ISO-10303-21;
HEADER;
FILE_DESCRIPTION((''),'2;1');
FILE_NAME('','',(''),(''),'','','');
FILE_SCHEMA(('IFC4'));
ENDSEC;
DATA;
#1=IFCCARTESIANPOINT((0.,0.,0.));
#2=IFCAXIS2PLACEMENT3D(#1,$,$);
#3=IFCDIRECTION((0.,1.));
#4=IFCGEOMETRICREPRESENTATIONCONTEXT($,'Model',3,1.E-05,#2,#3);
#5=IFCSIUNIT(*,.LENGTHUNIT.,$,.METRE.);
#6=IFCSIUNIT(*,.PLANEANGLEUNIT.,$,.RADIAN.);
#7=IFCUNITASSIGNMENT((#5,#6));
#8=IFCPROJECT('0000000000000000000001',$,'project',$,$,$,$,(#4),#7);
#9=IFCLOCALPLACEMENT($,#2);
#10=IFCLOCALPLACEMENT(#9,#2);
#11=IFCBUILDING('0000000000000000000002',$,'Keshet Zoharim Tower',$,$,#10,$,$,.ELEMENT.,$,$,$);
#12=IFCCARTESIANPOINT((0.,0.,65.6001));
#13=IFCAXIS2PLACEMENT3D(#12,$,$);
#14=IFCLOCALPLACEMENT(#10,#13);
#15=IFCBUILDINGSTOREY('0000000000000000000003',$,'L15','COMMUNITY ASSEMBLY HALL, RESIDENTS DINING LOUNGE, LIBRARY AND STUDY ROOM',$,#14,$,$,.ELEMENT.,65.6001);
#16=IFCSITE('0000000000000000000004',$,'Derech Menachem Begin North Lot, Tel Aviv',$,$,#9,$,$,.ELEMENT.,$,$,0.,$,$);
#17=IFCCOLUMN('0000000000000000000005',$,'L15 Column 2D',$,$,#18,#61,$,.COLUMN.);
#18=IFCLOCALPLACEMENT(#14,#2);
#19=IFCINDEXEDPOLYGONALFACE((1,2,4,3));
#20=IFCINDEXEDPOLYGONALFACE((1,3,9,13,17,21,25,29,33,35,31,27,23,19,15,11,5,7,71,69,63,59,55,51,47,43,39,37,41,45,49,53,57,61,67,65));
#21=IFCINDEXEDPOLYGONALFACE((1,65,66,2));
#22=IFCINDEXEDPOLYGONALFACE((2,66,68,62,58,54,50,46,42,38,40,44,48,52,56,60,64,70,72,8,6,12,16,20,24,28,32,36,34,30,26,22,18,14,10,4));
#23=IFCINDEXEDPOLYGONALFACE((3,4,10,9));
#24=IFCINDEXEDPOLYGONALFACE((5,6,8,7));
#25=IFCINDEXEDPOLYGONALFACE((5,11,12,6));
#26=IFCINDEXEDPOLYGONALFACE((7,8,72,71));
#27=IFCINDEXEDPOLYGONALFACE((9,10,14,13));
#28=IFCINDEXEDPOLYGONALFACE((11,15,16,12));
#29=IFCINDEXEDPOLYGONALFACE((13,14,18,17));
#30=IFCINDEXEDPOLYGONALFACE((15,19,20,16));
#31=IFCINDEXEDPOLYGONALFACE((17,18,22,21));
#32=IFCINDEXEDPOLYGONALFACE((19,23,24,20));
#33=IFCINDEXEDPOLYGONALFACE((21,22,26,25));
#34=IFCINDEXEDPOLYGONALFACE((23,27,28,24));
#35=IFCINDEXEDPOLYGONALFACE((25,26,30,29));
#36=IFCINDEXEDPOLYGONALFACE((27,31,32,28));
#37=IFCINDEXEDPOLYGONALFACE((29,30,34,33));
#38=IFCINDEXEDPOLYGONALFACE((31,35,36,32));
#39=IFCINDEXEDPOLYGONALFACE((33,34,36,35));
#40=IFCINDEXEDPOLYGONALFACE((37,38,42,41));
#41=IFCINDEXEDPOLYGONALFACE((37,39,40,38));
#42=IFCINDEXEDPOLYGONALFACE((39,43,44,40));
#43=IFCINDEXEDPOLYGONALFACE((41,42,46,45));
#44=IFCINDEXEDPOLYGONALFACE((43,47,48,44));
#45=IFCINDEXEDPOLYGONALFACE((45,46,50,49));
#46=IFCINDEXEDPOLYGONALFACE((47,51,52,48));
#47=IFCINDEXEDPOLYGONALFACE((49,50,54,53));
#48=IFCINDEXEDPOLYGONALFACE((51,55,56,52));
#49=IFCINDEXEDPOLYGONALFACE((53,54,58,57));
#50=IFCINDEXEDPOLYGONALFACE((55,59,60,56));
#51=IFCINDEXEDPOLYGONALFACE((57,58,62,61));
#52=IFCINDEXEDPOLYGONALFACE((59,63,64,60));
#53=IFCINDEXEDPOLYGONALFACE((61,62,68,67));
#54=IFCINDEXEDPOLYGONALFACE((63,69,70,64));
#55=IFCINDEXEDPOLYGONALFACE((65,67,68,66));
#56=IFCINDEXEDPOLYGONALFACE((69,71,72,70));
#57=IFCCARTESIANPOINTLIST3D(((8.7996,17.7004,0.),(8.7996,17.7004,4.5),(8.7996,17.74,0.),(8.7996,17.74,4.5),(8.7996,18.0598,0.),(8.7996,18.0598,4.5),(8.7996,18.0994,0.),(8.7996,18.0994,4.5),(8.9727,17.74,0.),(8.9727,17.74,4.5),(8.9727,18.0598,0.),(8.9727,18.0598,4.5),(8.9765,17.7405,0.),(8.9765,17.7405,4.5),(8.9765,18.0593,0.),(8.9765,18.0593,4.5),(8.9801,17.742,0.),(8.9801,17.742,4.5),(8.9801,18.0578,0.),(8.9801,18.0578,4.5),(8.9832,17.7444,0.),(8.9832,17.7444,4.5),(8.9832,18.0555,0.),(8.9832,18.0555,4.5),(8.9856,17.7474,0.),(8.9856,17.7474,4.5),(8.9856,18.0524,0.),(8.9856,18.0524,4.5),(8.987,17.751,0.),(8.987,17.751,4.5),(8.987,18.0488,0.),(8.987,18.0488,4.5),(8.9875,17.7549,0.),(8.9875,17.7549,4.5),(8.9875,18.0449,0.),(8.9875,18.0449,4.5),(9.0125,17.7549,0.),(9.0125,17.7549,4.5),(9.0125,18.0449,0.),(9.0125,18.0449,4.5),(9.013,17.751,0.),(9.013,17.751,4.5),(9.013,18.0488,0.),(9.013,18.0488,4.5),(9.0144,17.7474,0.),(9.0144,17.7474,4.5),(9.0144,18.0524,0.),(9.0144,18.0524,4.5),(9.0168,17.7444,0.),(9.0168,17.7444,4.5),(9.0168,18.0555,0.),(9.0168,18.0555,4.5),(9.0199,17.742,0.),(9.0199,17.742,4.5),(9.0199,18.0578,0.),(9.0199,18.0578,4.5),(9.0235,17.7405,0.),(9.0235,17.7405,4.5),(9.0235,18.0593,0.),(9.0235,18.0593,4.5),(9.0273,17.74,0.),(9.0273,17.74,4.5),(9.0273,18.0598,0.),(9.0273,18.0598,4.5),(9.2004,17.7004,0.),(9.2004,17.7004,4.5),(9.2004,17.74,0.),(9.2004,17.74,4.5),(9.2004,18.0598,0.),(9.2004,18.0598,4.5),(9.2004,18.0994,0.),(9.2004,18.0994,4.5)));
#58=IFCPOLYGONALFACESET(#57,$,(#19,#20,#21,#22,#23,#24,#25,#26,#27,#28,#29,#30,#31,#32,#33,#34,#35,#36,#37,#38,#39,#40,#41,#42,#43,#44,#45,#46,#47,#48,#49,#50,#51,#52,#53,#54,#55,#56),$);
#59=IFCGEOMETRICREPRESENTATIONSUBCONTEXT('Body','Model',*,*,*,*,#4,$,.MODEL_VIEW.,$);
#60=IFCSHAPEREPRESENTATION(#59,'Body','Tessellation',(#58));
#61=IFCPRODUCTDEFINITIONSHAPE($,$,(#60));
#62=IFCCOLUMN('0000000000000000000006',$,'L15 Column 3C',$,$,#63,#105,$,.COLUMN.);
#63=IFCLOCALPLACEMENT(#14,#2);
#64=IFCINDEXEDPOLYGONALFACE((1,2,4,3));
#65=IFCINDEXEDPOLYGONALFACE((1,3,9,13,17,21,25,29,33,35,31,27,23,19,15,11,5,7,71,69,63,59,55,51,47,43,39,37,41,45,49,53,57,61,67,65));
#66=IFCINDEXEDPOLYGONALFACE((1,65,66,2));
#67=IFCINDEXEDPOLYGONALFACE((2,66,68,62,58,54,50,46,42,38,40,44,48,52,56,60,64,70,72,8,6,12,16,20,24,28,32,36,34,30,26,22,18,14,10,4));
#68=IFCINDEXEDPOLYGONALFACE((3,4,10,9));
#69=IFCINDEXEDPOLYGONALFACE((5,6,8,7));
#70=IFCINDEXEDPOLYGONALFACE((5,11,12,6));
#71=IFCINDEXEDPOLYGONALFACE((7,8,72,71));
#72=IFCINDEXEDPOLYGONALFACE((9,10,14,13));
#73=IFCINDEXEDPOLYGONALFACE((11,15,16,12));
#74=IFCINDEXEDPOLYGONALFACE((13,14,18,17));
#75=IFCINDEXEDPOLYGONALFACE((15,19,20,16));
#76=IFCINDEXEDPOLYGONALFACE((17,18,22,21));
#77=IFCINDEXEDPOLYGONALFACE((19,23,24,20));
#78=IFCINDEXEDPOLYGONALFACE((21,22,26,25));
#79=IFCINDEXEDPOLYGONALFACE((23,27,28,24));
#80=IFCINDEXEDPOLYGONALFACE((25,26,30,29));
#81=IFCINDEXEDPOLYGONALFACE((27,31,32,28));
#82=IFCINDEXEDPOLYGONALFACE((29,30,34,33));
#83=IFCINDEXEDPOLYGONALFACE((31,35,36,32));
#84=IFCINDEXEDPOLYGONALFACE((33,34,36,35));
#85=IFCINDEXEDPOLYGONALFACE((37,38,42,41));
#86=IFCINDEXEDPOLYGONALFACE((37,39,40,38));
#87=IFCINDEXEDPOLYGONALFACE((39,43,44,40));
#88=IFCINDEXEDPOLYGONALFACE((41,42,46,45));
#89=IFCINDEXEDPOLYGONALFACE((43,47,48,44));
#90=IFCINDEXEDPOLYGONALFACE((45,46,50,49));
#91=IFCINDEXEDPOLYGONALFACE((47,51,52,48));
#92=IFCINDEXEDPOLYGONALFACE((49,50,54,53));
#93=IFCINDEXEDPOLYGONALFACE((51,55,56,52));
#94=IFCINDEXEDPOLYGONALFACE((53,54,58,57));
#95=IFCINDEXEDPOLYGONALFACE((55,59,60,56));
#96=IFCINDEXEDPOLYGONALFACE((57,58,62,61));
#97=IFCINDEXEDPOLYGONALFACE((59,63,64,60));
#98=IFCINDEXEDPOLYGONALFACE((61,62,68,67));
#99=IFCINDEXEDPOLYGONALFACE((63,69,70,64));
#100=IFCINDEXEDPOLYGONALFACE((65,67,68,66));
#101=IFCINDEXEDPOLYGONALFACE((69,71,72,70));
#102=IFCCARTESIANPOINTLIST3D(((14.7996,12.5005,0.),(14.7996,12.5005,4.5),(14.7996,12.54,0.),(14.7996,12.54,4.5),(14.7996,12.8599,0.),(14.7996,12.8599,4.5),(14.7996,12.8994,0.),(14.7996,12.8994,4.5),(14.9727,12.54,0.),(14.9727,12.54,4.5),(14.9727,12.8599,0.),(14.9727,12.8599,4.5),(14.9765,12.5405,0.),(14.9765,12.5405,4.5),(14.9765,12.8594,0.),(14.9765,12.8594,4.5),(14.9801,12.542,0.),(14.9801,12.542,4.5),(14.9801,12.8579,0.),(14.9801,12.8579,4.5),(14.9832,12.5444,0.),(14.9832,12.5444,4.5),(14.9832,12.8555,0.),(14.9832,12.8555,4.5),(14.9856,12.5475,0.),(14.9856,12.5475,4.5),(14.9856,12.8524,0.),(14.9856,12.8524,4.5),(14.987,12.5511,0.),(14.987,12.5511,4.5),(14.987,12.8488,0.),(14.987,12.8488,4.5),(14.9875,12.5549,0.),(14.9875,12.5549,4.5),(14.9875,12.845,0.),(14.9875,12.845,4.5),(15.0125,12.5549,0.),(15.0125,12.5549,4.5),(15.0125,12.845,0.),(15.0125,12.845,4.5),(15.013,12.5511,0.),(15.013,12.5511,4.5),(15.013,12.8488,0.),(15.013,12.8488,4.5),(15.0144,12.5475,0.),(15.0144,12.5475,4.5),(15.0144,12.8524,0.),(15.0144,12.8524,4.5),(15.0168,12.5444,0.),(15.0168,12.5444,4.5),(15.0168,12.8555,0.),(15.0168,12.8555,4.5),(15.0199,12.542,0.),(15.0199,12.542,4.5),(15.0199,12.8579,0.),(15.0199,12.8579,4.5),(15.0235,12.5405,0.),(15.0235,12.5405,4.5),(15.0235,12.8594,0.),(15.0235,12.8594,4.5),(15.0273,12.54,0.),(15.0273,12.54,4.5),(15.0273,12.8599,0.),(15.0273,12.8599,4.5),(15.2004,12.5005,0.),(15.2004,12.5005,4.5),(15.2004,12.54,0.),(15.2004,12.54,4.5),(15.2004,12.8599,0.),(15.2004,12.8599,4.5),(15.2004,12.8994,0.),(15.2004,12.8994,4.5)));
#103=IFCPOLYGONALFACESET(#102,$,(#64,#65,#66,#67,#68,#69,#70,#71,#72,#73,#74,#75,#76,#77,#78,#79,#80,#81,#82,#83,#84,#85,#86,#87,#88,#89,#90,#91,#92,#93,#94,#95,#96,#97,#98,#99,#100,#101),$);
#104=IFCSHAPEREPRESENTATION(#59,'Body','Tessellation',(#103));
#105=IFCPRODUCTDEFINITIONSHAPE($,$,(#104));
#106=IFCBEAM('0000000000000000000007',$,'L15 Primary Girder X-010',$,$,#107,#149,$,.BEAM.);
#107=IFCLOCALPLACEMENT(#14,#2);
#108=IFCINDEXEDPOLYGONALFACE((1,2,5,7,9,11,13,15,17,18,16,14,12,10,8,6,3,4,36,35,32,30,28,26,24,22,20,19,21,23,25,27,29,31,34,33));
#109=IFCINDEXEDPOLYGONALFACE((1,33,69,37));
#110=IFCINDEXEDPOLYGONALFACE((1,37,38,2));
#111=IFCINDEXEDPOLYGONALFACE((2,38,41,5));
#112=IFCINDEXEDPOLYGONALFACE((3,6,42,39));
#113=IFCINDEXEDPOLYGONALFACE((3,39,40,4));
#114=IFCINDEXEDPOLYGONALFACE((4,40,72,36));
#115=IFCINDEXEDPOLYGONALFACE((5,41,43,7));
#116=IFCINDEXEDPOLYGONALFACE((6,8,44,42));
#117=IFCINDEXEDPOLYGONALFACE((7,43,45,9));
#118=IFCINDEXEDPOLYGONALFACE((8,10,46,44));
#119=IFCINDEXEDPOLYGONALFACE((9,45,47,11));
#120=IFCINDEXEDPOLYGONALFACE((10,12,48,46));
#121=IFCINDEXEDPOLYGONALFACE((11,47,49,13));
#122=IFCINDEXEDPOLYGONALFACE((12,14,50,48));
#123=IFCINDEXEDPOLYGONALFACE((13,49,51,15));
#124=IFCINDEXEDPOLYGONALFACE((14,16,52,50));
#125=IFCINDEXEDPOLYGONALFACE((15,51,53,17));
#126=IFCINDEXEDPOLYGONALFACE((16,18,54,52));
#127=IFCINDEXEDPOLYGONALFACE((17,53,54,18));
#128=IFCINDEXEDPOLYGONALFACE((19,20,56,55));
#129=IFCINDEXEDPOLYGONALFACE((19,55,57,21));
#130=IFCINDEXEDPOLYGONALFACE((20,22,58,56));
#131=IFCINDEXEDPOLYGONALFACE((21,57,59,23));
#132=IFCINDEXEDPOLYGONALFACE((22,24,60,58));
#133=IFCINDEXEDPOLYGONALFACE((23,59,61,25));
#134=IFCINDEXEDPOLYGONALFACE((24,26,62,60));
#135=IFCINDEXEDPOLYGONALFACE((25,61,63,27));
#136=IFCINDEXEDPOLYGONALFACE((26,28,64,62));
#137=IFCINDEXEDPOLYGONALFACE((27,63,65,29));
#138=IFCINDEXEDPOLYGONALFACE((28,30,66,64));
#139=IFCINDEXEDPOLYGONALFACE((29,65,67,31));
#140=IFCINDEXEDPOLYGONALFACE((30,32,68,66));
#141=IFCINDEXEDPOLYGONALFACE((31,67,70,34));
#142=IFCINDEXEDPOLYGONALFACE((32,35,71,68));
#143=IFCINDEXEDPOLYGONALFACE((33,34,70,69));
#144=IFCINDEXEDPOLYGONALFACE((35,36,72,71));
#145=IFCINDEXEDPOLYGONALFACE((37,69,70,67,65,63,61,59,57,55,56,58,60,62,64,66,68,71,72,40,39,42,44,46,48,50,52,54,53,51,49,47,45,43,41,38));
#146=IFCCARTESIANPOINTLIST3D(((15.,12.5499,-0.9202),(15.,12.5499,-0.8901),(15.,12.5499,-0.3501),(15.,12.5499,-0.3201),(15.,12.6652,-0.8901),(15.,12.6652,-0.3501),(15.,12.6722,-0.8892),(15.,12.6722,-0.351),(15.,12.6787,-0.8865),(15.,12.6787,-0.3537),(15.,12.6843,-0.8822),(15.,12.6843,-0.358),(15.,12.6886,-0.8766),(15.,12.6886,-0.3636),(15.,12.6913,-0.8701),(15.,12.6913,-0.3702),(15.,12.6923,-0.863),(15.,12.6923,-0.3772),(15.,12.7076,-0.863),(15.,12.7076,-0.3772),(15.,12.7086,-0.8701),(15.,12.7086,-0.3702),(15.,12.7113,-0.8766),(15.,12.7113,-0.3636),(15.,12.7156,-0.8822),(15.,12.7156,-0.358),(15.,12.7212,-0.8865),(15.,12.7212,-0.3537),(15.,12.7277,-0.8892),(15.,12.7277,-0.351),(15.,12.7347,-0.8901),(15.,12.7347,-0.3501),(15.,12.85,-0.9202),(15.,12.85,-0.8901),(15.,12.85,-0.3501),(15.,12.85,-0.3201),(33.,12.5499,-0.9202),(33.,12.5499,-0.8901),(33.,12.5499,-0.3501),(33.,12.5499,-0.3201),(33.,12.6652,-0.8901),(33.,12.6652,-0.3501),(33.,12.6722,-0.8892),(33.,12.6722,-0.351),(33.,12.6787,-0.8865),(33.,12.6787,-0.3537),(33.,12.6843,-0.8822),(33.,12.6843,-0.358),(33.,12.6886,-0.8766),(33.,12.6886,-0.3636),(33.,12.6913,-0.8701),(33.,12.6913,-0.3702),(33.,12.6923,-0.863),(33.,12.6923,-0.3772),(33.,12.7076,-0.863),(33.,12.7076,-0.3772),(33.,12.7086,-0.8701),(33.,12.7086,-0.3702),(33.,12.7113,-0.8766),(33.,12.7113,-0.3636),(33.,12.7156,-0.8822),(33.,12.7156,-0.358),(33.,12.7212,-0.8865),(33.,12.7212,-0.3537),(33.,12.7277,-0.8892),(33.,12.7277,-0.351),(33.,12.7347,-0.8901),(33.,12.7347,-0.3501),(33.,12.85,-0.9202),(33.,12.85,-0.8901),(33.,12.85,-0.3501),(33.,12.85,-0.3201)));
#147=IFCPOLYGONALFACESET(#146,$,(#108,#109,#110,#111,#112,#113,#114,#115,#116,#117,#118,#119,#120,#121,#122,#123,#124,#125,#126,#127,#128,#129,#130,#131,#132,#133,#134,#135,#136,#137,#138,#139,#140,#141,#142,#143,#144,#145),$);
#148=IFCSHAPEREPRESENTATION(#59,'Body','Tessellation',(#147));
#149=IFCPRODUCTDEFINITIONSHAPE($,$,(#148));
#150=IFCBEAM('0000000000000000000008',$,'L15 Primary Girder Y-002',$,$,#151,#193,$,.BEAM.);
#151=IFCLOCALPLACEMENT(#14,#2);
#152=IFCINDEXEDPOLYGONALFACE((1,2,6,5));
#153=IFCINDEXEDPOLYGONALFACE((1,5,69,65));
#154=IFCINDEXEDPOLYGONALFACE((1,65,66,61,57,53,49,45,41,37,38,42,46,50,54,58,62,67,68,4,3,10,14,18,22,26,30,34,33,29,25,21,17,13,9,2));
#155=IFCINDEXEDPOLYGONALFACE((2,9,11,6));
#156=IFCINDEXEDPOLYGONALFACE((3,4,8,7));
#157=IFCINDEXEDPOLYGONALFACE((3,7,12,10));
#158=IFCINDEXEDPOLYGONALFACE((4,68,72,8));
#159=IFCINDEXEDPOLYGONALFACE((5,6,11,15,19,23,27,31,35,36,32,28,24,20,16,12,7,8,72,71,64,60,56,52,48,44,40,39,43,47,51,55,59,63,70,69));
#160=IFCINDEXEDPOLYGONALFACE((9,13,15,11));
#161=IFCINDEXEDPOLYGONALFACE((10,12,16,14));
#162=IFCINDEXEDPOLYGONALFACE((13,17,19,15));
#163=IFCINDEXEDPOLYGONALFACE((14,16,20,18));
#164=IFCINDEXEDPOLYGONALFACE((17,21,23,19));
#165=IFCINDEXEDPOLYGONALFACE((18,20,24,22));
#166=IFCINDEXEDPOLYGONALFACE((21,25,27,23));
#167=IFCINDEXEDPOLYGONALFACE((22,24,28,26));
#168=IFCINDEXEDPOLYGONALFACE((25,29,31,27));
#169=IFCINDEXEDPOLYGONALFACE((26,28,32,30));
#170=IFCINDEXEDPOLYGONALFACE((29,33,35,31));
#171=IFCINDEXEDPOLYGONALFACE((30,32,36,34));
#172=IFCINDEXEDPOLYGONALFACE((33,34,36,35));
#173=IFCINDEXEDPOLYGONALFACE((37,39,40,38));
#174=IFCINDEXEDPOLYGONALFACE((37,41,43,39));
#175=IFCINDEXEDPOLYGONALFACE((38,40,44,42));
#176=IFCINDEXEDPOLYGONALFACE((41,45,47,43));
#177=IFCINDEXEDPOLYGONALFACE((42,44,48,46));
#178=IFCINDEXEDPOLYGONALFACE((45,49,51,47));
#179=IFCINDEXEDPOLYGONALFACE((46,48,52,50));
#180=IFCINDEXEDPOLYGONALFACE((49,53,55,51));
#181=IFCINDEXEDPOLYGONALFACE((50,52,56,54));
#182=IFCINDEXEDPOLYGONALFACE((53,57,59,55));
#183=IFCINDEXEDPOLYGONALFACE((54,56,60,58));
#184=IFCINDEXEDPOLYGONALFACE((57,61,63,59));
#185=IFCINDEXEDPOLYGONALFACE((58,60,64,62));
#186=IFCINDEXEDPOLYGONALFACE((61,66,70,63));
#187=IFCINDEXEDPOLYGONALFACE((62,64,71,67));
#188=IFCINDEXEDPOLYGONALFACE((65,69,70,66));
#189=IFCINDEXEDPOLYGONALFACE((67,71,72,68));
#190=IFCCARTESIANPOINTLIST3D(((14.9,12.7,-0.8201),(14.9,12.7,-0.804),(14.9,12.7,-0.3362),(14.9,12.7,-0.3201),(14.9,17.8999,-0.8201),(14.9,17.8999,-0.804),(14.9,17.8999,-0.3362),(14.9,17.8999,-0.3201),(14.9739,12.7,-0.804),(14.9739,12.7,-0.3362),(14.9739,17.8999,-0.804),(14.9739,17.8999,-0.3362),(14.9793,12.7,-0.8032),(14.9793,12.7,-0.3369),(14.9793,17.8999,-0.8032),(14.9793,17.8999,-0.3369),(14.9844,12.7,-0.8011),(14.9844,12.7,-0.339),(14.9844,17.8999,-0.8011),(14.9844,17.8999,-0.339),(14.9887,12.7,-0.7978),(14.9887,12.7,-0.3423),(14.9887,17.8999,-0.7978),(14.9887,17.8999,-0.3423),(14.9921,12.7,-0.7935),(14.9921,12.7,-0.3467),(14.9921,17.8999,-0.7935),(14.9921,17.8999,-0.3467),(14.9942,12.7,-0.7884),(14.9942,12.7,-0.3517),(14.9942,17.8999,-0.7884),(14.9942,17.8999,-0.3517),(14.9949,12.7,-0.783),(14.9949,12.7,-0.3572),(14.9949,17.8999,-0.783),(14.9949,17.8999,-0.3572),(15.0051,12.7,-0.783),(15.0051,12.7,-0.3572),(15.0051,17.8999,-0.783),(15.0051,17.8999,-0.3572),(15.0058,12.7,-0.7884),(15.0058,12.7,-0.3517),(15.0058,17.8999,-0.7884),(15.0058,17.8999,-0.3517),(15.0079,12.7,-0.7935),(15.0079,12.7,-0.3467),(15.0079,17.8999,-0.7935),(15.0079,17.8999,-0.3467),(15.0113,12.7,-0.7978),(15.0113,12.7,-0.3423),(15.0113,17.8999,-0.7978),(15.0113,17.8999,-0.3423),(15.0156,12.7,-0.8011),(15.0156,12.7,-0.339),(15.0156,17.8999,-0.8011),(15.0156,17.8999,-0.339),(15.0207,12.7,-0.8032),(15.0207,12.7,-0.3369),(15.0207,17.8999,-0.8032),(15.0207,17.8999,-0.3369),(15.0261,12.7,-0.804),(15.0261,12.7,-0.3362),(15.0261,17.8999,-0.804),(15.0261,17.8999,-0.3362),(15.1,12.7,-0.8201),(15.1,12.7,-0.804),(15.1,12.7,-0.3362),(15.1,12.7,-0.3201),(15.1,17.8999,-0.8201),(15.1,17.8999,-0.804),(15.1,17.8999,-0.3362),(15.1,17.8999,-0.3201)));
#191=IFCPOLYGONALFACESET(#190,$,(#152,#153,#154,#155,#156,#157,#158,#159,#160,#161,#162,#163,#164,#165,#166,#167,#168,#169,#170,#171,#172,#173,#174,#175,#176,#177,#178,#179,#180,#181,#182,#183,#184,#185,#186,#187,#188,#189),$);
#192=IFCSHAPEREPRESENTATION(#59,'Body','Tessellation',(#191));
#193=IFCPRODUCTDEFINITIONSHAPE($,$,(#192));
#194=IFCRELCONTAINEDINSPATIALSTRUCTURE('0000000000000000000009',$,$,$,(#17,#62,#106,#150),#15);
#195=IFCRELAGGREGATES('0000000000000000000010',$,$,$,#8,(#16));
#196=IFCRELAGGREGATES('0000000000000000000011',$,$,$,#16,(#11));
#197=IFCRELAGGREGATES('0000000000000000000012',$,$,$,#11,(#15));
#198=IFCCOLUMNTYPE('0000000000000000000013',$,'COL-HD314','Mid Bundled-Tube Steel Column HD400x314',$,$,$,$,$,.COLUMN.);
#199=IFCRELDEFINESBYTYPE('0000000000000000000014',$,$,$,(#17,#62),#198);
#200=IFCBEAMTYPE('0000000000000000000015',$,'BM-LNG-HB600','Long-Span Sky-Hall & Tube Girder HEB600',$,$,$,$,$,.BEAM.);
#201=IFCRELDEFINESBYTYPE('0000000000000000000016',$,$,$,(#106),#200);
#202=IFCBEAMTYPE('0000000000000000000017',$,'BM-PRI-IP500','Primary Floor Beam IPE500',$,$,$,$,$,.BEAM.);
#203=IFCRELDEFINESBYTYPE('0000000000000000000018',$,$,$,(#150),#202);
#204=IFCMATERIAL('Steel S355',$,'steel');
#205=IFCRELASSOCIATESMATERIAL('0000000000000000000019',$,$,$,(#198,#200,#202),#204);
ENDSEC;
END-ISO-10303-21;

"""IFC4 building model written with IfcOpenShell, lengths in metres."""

from ifc_helpers import new_model, si_unit, direction, frame, origin, origin_2d, place, context, subcontext, project, spatial, i_section, extrude, material, material_profile, profile_set, type_object, element, save


model = new_model("IFC4")

# Units and contexts
model_context = context("Model", 3, precision=1e-05, world=origin(), true_north=direction((0.0, 1.0)))
body_context = subcontext(model_context, "Body", "Model", "MODEL_VIEW")
ifc_project = project(units=[si_unit("LENGTHUNIT", "METRE"), si_unit("PLANEANGLEUNIT", "RADIAN")], contexts=[model_context])

# Site, building, storey
site_placement = place(None, origin())
site = spatial("IfcSite", under=ifc_project, at=site_placement, Name="Derech Menachem Begin North Lot, Tel Aviv", CompositionType="ELEMENT", RefElevation=0.0)
building_placement = place(site_placement, origin())
building = spatial("IfcBuilding", under=site, at=building_placement, Name="Keshet Zoharim Tower", CompositionType="ELEMENT")
storey_placement = place(building_placement, frame((0.0, 0.0, 65.6001)))
storey = spatial("IfcBuildingStorey", under=building, at=storey_placement, Name="L15", Description="COMMUNITY ASSEMBLY HALL, RESIDENTS DINING LOUNGE, LIBRARY AND STUDY ROOM", CompositionType="ELEMENT", Elevation=65.6001)

# Columns
ifc_material_1 = material(Name="Steel S355", Category="steel")
ifc_material_profile_1 = material_profile(ifc_material_1, i_section(OverallWidth=0.4009, OverallDepth=0.3989, WebThickness=0.0249, FlangeThickness=0.0396, FilletRadius=0.0149, at=origin_2d()), Name="HD400x314")
ifc_profile_set_1 = profile_set([ifc_material_profile_1], Name="Steel S355")
column_type = type_object("IfcColumnType", Name="COL-HD314", Description="Mid Bundled-Tube Steel Column HD400x314", PredefinedType="COLUMN", material=ifc_profile_set_1)
for number, where, z_axis, x_axis, name in (
    (1, (9.0, 17.8999, 0.0), (0.0, 0.0, 1.0), (1.0, 0.0, 0.0), "L15 Column 2D"),
    (2, (15.0, 12.7, 0.0), (0.0, 0.0, 1.0), (1.0, 0.0, 0.0), "L15 Column 3C"),
):
    element("IfcColumn", number, at=place(storey_placement, frame(where, z_axis=z_axis, x_axis=x_axis)), inside=storey, type_object=column_type, Name=name, PredefinedType="COLUMN", context=body_context, shape_type="SweptSolid", body=[
        extrude(i_section(OverallWidth=0.4009, OverallDepth=0.3989, WebThickness=0.0249, FlangeThickness=0.0396, FilletRadius=0.0149, at=origin_2d()), origin(), (0.0, 0.0, 1.0), 4.5),
    ])

# Beams
ifc_material_profile_2 = material_profile(ifc_material_1, i_section(OverallWidth=0.3, OverallDepth=0.6001, WebThickness=0.0154, FlangeThickness=0.03, FilletRadius=0.0271, at=origin_2d()), Name="HEB600")
ifc_profile_set_2 = profile_set([ifc_material_profile_2], Name="Steel S355")
beam_type_1 = type_object("IfcBeamType", Name="BM-LNG-HB600", Description="Long-Span Sky-Hall & Tube Girder HEB600", PredefinedType="BEAM", material=ifc_profile_set_2)
beam_1_placement = place(storey_placement, frame((15.0, 12.7, -0.6201), z_axis=(1.0, 0.0, 0.0), x_axis=(0.0, 1.0, 0.0)))
element("IfcBeam", 3, at=beam_1_placement, inside=storey, type_object=beam_type_1, Name="L15 Primary Girder X-010", PredefinedType="BEAM", context=body_context, shape_type="SweptSolid", body=[
    extrude(i_section(OverallWidth=0.3, OverallDepth=0.6001, WebThickness=0.0154, FlangeThickness=0.03, FilletRadius=0.0271, at=origin_2d()), origin(), (0.0, 0.0, 1.0), 18.0),
])
ifc_material_profile_3 = material_profile(ifc_material_1, i_section(OverallWidth=0.2, OverallDepth=0.5, WebThickness=0.0103, FlangeThickness=0.0161, FilletRadius=0.021, at=origin_2d()), Name="IPE500")
ifc_profile_set_3 = profile_set([ifc_material_profile_3], Name="Steel S355")
beam_type_2 = type_object("IfcBeamType", Name="BM-PRI-IP500", Description="Primary Floor Beam IPE500", PredefinedType="BEAM", material=ifc_profile_set_3)
beam_2_placement = place(storey_placement, frame((15.0, 12.7, -0.5701), z_axis=(0.0, 1.0, 0.0), x_axis=(-1.0, 0.0, 0.0)))
element("IfcBeam", 4, at=beam_2_placement, inside=storey, type_object=beam_type_2, Name="L15 Primary Girder Y-002", PredefinedType="BEAM", context=body_context, shape_type="SweptSolid", body=[
    extrude(i_section(OverallWidth=0.2, OverallDepth=0.5, WebThickness=0.0103, FlangeThickness=0.0161, FilletRadius=0.021, at=origin_2d()), origin(), (0.0, 0.0, 1.0), 5.2),
])

save(model, "model.ifc")
